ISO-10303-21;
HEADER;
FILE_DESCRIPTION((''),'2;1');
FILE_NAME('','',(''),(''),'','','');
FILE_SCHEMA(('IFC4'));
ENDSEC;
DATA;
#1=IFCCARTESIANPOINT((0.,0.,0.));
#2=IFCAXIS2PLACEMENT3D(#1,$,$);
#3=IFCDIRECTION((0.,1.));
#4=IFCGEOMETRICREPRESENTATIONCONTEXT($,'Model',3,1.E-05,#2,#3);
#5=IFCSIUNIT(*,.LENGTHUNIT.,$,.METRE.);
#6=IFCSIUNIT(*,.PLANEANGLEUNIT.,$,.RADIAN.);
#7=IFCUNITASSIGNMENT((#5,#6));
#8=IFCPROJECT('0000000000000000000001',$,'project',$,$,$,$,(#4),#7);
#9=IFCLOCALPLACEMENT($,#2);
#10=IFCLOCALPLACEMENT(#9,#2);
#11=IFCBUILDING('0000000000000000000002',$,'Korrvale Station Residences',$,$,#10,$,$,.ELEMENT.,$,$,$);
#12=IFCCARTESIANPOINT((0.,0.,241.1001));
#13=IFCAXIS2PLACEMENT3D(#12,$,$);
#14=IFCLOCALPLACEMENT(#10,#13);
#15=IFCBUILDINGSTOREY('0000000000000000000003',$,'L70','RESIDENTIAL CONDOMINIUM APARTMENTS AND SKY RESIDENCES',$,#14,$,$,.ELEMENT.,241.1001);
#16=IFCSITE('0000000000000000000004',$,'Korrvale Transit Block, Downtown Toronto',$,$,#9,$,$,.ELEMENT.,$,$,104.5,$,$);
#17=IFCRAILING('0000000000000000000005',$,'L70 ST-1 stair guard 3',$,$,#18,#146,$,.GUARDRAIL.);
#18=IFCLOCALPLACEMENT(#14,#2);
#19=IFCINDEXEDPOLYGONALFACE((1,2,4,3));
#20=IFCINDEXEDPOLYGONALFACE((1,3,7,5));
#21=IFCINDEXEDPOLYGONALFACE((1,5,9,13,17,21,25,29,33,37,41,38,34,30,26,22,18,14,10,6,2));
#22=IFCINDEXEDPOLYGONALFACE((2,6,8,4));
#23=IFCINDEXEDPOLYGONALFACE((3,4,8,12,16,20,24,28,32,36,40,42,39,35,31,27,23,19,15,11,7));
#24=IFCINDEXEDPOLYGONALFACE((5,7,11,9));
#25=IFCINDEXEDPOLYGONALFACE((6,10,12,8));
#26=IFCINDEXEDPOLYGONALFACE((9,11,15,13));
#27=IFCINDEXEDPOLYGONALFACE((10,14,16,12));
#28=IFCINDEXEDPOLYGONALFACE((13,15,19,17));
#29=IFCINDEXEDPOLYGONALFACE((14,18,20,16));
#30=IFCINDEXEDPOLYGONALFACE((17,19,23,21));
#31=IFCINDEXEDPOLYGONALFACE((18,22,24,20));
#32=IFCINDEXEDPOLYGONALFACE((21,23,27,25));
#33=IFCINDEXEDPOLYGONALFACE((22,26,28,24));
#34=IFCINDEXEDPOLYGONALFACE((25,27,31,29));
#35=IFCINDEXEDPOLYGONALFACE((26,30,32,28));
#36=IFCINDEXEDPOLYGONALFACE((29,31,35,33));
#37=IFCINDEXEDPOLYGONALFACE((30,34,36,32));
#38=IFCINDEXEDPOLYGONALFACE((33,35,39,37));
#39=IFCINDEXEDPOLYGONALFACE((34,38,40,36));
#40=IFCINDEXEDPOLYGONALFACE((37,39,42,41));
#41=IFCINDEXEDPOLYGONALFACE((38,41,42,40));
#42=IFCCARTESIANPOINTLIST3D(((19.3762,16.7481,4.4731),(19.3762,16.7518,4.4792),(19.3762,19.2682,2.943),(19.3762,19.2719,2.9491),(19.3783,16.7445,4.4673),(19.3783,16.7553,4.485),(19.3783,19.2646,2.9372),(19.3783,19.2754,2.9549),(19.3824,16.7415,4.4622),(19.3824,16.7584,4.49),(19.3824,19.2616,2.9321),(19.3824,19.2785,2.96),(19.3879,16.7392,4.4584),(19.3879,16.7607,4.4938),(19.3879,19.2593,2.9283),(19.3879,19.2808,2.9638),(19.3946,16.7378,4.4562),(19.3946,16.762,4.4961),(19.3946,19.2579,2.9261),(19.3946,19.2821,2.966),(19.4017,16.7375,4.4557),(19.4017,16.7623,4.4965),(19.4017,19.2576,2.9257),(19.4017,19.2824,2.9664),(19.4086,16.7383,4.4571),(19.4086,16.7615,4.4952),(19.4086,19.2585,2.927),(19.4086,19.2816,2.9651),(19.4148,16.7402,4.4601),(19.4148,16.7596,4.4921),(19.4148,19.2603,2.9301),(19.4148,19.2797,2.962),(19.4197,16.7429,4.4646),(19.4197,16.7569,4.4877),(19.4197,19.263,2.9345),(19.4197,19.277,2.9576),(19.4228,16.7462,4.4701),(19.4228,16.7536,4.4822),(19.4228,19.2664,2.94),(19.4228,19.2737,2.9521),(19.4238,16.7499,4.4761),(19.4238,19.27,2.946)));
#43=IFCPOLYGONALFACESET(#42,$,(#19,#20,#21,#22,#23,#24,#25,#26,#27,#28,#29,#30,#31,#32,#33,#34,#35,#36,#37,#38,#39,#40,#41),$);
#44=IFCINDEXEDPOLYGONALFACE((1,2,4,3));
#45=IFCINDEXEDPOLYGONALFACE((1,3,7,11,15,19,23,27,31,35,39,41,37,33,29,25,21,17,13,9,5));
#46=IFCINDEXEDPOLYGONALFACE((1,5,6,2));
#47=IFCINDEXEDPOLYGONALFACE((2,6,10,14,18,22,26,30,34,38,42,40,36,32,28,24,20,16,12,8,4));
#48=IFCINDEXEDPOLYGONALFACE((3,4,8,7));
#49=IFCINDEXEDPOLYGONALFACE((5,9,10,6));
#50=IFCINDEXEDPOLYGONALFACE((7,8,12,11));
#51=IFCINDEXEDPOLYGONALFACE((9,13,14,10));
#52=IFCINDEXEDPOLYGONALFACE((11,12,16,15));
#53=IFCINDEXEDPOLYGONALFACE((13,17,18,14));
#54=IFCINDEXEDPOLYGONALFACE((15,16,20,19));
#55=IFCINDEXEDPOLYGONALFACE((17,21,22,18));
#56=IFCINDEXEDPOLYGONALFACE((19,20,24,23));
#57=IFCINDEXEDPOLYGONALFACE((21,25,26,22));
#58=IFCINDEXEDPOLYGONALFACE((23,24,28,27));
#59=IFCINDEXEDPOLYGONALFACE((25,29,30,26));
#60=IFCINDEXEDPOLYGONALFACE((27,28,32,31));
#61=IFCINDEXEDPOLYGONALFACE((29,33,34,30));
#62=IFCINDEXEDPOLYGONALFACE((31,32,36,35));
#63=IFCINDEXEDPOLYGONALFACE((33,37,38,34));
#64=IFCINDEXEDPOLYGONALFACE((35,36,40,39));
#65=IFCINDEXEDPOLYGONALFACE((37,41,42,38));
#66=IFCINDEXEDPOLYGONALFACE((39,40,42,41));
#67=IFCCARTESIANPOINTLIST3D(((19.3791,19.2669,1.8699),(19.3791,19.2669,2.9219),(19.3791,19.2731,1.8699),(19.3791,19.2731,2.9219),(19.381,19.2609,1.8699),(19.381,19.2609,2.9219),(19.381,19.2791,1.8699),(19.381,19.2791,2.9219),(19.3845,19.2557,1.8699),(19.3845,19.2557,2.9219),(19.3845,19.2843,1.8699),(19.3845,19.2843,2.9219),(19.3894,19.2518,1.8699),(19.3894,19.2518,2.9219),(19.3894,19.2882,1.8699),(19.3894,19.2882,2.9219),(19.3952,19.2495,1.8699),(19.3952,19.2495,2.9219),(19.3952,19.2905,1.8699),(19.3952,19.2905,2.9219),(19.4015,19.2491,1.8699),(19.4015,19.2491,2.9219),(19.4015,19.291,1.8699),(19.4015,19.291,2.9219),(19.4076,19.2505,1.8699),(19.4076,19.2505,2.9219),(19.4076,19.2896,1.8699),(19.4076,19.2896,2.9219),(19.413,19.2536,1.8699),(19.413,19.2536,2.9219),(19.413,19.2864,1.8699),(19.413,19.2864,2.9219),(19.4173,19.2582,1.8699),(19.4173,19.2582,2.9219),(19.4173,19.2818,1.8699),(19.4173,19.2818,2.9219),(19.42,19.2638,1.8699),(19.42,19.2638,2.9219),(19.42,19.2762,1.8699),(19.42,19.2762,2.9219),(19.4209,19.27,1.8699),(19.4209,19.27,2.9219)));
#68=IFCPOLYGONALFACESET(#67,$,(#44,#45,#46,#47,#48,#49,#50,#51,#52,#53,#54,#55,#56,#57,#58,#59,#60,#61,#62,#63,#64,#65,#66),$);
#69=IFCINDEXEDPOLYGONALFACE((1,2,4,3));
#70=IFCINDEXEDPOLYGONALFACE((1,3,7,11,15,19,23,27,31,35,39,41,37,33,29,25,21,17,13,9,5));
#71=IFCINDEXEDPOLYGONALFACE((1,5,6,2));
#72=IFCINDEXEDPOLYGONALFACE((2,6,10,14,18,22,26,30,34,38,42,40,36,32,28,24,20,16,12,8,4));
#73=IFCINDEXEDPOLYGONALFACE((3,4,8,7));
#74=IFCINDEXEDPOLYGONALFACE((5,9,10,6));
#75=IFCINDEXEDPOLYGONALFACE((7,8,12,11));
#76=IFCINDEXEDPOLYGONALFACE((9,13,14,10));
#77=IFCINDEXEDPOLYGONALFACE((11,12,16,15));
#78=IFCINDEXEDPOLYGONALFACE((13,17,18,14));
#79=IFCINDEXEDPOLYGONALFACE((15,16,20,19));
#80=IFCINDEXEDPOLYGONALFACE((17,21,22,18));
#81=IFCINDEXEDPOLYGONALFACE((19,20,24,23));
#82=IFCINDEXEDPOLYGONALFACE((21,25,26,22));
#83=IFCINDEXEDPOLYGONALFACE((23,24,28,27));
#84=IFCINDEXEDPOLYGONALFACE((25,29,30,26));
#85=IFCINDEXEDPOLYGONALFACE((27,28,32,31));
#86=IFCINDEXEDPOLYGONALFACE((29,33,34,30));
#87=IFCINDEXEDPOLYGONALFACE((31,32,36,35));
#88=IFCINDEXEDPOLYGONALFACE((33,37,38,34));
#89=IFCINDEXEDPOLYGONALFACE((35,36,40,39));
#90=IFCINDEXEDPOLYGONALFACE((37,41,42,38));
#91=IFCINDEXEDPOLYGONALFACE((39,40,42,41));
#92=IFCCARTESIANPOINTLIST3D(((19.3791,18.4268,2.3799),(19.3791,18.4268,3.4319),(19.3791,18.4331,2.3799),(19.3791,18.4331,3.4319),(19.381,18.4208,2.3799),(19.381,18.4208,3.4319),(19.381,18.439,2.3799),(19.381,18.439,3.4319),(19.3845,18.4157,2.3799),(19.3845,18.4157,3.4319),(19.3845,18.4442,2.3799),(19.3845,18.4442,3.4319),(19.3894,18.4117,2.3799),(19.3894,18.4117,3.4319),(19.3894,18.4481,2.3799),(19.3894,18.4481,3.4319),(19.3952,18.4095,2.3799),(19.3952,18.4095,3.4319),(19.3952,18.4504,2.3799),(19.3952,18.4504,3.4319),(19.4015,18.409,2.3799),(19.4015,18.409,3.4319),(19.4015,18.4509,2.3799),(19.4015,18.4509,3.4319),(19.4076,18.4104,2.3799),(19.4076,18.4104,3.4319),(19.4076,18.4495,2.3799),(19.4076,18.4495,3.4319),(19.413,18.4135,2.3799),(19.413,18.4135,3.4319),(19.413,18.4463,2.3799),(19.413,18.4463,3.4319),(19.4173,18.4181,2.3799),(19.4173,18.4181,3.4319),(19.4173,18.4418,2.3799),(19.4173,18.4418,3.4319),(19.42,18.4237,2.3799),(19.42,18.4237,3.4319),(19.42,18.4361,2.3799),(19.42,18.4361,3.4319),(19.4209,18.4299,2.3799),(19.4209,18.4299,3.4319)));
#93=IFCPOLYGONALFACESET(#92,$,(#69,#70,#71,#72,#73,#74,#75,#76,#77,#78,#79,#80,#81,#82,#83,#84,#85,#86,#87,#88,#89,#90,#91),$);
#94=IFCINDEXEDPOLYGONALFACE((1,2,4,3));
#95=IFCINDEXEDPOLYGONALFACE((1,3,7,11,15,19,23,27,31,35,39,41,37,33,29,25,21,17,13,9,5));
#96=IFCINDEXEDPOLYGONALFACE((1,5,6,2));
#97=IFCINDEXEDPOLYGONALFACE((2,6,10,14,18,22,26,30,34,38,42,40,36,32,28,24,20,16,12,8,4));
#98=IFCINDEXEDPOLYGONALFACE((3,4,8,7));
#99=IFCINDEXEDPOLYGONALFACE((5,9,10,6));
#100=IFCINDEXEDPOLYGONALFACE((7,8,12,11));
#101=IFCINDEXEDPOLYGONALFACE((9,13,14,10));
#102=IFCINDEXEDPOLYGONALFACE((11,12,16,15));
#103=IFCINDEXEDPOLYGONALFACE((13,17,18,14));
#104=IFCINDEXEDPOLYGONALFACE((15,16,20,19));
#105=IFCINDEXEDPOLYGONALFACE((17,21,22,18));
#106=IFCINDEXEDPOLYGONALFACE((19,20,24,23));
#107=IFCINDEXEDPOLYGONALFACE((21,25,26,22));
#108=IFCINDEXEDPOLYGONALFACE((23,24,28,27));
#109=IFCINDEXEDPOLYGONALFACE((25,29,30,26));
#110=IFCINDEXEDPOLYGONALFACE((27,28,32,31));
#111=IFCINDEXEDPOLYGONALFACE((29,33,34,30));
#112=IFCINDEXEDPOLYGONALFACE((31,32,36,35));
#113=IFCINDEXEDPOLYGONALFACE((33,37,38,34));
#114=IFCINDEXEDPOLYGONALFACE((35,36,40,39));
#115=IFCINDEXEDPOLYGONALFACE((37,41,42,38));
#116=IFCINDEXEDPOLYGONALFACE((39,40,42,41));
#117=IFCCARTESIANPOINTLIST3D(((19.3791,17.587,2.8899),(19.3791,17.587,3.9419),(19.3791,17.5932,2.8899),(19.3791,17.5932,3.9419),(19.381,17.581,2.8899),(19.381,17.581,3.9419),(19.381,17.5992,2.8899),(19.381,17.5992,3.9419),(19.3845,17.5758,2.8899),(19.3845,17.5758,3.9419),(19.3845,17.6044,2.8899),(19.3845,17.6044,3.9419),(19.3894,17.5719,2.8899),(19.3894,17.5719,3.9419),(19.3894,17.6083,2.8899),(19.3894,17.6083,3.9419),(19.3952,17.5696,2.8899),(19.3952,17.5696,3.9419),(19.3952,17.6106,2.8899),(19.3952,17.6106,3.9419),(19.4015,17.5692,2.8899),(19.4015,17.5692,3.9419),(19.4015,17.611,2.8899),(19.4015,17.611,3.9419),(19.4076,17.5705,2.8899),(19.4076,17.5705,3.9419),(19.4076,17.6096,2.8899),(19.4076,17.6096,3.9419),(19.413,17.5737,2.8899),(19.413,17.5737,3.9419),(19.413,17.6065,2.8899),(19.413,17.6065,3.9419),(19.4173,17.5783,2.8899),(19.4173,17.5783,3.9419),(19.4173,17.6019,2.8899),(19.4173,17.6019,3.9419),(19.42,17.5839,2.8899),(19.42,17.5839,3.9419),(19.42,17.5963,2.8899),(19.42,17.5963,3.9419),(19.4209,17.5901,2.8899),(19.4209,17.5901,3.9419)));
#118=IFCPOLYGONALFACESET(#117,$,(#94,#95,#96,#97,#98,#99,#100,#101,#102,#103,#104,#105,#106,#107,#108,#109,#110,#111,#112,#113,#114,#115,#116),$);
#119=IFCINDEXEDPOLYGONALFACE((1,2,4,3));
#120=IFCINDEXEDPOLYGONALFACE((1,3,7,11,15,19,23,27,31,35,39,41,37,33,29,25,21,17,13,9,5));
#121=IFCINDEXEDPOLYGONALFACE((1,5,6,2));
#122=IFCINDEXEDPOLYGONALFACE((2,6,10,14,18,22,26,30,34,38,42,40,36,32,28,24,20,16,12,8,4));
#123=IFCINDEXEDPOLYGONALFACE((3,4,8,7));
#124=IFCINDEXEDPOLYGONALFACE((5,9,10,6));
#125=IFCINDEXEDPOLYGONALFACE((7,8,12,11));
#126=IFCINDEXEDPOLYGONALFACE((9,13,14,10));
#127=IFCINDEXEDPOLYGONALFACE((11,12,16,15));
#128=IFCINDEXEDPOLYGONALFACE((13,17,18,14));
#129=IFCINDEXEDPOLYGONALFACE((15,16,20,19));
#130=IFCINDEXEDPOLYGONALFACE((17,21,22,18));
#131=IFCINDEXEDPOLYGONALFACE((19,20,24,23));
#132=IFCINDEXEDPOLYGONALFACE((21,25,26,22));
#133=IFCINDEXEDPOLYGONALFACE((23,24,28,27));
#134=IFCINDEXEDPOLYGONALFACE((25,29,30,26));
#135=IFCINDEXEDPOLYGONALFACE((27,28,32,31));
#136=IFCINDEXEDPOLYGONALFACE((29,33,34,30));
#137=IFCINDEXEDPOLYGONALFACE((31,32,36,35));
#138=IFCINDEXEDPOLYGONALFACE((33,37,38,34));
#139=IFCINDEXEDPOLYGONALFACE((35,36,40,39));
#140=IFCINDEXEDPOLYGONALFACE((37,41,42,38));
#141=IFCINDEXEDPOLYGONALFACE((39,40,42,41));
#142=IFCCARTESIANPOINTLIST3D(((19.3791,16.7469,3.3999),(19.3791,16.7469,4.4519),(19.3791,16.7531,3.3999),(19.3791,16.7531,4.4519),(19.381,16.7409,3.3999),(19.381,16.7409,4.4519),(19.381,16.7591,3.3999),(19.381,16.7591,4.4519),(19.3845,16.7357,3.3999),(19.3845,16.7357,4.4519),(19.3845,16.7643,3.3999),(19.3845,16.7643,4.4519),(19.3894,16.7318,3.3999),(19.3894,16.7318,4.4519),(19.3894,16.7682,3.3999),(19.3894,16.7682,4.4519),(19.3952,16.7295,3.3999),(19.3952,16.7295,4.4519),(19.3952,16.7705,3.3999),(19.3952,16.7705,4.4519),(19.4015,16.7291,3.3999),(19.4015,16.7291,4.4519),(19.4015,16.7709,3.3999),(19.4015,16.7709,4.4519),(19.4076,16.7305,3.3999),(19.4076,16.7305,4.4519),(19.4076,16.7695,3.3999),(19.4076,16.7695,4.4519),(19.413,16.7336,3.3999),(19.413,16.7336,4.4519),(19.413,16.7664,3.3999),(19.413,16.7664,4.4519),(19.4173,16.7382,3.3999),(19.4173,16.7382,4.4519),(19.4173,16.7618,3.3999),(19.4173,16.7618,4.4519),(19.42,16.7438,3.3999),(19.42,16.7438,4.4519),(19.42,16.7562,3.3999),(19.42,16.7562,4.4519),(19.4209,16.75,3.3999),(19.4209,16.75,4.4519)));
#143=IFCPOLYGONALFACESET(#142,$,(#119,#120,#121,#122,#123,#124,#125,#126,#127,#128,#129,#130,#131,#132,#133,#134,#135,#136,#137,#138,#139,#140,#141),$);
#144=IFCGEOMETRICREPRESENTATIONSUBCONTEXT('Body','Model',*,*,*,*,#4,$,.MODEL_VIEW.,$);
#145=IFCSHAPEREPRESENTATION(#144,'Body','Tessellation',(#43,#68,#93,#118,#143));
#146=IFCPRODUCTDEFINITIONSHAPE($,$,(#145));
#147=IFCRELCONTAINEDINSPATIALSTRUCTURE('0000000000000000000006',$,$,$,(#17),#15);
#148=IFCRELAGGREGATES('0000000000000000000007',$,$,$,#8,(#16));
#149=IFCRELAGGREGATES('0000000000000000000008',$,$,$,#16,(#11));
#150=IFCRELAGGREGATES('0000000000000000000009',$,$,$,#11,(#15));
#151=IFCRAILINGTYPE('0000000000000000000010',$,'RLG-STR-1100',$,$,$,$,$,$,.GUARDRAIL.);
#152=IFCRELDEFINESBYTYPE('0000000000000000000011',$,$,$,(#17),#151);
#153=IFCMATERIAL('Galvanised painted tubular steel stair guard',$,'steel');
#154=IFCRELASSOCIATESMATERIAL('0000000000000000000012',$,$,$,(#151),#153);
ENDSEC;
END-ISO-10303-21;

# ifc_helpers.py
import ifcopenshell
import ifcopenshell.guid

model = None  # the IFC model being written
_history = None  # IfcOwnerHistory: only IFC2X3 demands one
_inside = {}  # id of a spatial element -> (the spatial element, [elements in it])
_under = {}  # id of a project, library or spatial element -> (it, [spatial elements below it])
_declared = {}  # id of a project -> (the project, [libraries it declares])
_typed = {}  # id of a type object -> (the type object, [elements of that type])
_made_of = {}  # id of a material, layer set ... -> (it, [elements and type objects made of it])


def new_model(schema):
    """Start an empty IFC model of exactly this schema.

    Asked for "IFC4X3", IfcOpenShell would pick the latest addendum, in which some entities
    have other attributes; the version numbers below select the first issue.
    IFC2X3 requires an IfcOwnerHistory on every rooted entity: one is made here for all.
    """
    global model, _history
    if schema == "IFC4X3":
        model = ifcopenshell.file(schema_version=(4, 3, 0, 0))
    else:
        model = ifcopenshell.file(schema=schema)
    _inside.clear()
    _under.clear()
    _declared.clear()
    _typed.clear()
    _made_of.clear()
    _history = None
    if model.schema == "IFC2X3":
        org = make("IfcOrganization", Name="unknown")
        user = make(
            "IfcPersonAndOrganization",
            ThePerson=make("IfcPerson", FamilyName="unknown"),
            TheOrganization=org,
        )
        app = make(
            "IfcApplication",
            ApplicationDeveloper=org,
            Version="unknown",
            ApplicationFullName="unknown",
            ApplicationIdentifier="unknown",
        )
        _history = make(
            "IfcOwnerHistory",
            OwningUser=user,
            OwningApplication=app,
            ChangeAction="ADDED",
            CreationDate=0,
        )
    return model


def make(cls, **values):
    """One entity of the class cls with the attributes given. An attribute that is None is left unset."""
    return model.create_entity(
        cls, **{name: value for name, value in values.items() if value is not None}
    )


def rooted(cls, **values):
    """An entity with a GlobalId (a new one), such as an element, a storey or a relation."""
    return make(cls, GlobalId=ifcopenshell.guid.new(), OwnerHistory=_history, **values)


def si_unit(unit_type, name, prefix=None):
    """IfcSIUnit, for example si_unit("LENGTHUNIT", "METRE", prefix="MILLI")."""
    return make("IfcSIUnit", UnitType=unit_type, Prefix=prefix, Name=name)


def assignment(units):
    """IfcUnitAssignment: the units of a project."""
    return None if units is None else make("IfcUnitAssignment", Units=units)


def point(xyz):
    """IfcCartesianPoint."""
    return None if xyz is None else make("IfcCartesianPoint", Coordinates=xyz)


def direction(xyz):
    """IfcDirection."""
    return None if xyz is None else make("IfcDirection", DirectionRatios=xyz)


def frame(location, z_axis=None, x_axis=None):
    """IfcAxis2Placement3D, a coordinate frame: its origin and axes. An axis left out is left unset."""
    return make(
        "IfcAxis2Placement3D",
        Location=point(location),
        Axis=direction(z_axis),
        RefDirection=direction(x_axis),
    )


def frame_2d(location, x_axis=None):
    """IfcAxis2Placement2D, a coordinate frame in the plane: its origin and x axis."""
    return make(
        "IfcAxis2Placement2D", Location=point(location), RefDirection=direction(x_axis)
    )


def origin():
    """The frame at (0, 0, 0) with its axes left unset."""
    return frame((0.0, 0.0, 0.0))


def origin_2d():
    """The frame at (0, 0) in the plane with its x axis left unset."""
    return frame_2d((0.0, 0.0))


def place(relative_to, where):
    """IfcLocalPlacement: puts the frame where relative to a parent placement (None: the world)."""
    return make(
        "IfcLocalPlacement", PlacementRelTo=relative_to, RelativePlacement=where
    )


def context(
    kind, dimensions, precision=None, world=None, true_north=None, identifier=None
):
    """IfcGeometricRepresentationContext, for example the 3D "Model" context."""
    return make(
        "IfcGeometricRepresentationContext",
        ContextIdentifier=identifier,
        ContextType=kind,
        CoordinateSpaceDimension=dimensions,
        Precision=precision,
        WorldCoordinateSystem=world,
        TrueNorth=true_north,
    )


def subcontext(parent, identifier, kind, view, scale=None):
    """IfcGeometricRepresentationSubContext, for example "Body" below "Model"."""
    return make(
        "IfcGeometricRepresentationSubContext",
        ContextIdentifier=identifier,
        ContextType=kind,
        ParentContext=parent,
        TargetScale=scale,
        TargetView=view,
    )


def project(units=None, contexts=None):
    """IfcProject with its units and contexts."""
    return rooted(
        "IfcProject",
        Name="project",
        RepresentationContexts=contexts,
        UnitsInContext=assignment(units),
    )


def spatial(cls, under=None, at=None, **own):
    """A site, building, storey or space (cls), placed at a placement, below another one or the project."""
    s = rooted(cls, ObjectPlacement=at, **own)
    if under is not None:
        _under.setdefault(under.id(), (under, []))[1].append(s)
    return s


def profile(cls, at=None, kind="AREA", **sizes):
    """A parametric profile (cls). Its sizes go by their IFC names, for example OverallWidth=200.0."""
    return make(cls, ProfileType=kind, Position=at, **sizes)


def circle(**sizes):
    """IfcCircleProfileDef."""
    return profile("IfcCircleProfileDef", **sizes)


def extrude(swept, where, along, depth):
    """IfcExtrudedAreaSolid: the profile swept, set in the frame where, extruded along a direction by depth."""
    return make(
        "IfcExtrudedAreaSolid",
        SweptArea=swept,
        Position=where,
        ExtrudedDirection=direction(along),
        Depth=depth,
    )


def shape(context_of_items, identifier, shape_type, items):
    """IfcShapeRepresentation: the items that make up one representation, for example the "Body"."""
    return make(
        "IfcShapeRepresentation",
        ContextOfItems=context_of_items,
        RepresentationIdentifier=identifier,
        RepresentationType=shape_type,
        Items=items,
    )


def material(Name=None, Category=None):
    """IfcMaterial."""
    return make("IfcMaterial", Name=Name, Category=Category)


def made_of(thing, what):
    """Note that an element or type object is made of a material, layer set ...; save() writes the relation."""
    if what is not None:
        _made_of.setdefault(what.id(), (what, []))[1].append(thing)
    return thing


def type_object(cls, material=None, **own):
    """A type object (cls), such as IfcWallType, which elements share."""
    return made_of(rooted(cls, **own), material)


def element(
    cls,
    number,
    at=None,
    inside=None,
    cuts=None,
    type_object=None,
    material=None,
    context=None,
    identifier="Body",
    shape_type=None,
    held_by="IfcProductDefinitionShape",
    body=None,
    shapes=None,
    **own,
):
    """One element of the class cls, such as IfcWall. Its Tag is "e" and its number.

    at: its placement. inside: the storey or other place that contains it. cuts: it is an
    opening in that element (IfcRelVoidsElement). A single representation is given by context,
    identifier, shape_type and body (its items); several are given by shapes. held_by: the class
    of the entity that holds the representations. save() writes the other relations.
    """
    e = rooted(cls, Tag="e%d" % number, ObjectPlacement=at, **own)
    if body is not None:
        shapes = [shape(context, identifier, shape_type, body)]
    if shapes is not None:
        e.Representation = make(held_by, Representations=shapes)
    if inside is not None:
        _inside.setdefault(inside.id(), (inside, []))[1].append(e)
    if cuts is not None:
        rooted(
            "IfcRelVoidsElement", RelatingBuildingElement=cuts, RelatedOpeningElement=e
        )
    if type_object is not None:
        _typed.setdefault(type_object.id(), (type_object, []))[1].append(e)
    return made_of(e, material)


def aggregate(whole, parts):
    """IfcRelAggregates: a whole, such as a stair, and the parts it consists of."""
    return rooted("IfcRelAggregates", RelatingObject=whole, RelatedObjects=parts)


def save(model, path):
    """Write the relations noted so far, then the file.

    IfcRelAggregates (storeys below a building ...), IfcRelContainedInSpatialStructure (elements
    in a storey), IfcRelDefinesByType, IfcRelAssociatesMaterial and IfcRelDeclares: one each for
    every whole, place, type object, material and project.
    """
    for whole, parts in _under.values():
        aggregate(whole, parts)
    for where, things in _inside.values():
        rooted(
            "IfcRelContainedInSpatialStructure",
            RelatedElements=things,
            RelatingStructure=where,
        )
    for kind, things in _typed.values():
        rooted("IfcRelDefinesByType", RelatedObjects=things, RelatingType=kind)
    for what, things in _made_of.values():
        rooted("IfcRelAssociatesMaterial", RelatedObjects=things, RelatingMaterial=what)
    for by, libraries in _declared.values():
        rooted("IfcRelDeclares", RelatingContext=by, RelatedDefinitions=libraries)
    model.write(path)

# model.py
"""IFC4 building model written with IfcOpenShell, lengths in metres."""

from ifc_helpers import new_model, si_unit, direction, frame, origin, origin_2d, place, context, subcontext, project, spatial, circle, extrude, material, type_object, element, save


model = new_model("IFC4")

# Units and contexts
model_context = context("Model", 3, precision=1e-05, world=origin(), true_north=direction((0.0, 1.0)))
body_context = subcontext(model_context, "Body", "Model", "MODEL_VIEW")
ifc_project = project(units=[si_unit("LENGTHUNIT", "METRE"), si_unit("PLANEANGLEUNIT", "RADIAN")], contexts=[model_context])

# Site, building, storey
site_placement = place(None, origin())
site = spatial("IfcSite", under=ifc_project, at=site_placement, Name="Korrvale Transit Block, Downtown Toronto", CompositionType="ELEMENT", RefElevation=104.5)
building_placement = place(site_placement, origin())
building = spatial("IfcBuilding", under=site, at=building_placement, Name="Korrvale Station Residences", CompositionType="ELEMENT")
storey_placement = place(building_placement, frame((0.0, 0.0, 241.1001)))
storey = spatial("IfcBuildingStorey", under=building, at=storey_placement, Name="L70", Description="RESIDENTIAL CONDOMINIUM APARTMENTS AND SKY RESIDENCES", CompositionType="ELEMENT", Elevation=241.1001)

# Railing
ifc_material_1 = material(Name="Galvanised painted tubular steel stair guard", Category="steel")
railing_type_1 = type_object("IfcRailingType", Name="RLG-STR-1100", PredefinedType="GUARDRAIL", material=ifc_material_1)
railing_1_placement = place(storey_placement, frame((19.3999, 19.27, 1.8699)))
element("IfcRailing", 1, at=railing_1_placement, inside=storey, type_object=railing_type_1, Name="L70 ST-1 stair guard 3", PredefinedType="GUARDRAIL", context=body_context, shape_type="SweptSolid", body=[
    extrude(circle(Radius=0.0239, at=origin_2d()), frame((0.0, 0.0, 1.0762), z_axis=(0.0, -0.854785, 0.518982), x_axis=(1.0, 0.0, 0.0)), (0.0, 0.0, 1.0), 2.9482),
    extrude(circle(Radius=0.021, at=origin_2d()), origin(), (0.0, 0.0, 1.0), 1.052),
    extrude(circle(Radius=0.021, at=origin_2d()), frame((0.0, -0.8401, 0.51)), (0.0, 0.0, 1.0), 1.052),
    extrude(circle(Radius=0.021, at=origin_2d()), frame((0.0, -1.6799, 1.02)), (0.0, 0.0, 1.0), 1.052),
    extrude(circle(Radius=0.021, at=origin_2d()), frame((0.0, -2.52, 1.53)), (0.0, 0.0, 1.0), 1.052),
])

save(model, "model.ifc")
